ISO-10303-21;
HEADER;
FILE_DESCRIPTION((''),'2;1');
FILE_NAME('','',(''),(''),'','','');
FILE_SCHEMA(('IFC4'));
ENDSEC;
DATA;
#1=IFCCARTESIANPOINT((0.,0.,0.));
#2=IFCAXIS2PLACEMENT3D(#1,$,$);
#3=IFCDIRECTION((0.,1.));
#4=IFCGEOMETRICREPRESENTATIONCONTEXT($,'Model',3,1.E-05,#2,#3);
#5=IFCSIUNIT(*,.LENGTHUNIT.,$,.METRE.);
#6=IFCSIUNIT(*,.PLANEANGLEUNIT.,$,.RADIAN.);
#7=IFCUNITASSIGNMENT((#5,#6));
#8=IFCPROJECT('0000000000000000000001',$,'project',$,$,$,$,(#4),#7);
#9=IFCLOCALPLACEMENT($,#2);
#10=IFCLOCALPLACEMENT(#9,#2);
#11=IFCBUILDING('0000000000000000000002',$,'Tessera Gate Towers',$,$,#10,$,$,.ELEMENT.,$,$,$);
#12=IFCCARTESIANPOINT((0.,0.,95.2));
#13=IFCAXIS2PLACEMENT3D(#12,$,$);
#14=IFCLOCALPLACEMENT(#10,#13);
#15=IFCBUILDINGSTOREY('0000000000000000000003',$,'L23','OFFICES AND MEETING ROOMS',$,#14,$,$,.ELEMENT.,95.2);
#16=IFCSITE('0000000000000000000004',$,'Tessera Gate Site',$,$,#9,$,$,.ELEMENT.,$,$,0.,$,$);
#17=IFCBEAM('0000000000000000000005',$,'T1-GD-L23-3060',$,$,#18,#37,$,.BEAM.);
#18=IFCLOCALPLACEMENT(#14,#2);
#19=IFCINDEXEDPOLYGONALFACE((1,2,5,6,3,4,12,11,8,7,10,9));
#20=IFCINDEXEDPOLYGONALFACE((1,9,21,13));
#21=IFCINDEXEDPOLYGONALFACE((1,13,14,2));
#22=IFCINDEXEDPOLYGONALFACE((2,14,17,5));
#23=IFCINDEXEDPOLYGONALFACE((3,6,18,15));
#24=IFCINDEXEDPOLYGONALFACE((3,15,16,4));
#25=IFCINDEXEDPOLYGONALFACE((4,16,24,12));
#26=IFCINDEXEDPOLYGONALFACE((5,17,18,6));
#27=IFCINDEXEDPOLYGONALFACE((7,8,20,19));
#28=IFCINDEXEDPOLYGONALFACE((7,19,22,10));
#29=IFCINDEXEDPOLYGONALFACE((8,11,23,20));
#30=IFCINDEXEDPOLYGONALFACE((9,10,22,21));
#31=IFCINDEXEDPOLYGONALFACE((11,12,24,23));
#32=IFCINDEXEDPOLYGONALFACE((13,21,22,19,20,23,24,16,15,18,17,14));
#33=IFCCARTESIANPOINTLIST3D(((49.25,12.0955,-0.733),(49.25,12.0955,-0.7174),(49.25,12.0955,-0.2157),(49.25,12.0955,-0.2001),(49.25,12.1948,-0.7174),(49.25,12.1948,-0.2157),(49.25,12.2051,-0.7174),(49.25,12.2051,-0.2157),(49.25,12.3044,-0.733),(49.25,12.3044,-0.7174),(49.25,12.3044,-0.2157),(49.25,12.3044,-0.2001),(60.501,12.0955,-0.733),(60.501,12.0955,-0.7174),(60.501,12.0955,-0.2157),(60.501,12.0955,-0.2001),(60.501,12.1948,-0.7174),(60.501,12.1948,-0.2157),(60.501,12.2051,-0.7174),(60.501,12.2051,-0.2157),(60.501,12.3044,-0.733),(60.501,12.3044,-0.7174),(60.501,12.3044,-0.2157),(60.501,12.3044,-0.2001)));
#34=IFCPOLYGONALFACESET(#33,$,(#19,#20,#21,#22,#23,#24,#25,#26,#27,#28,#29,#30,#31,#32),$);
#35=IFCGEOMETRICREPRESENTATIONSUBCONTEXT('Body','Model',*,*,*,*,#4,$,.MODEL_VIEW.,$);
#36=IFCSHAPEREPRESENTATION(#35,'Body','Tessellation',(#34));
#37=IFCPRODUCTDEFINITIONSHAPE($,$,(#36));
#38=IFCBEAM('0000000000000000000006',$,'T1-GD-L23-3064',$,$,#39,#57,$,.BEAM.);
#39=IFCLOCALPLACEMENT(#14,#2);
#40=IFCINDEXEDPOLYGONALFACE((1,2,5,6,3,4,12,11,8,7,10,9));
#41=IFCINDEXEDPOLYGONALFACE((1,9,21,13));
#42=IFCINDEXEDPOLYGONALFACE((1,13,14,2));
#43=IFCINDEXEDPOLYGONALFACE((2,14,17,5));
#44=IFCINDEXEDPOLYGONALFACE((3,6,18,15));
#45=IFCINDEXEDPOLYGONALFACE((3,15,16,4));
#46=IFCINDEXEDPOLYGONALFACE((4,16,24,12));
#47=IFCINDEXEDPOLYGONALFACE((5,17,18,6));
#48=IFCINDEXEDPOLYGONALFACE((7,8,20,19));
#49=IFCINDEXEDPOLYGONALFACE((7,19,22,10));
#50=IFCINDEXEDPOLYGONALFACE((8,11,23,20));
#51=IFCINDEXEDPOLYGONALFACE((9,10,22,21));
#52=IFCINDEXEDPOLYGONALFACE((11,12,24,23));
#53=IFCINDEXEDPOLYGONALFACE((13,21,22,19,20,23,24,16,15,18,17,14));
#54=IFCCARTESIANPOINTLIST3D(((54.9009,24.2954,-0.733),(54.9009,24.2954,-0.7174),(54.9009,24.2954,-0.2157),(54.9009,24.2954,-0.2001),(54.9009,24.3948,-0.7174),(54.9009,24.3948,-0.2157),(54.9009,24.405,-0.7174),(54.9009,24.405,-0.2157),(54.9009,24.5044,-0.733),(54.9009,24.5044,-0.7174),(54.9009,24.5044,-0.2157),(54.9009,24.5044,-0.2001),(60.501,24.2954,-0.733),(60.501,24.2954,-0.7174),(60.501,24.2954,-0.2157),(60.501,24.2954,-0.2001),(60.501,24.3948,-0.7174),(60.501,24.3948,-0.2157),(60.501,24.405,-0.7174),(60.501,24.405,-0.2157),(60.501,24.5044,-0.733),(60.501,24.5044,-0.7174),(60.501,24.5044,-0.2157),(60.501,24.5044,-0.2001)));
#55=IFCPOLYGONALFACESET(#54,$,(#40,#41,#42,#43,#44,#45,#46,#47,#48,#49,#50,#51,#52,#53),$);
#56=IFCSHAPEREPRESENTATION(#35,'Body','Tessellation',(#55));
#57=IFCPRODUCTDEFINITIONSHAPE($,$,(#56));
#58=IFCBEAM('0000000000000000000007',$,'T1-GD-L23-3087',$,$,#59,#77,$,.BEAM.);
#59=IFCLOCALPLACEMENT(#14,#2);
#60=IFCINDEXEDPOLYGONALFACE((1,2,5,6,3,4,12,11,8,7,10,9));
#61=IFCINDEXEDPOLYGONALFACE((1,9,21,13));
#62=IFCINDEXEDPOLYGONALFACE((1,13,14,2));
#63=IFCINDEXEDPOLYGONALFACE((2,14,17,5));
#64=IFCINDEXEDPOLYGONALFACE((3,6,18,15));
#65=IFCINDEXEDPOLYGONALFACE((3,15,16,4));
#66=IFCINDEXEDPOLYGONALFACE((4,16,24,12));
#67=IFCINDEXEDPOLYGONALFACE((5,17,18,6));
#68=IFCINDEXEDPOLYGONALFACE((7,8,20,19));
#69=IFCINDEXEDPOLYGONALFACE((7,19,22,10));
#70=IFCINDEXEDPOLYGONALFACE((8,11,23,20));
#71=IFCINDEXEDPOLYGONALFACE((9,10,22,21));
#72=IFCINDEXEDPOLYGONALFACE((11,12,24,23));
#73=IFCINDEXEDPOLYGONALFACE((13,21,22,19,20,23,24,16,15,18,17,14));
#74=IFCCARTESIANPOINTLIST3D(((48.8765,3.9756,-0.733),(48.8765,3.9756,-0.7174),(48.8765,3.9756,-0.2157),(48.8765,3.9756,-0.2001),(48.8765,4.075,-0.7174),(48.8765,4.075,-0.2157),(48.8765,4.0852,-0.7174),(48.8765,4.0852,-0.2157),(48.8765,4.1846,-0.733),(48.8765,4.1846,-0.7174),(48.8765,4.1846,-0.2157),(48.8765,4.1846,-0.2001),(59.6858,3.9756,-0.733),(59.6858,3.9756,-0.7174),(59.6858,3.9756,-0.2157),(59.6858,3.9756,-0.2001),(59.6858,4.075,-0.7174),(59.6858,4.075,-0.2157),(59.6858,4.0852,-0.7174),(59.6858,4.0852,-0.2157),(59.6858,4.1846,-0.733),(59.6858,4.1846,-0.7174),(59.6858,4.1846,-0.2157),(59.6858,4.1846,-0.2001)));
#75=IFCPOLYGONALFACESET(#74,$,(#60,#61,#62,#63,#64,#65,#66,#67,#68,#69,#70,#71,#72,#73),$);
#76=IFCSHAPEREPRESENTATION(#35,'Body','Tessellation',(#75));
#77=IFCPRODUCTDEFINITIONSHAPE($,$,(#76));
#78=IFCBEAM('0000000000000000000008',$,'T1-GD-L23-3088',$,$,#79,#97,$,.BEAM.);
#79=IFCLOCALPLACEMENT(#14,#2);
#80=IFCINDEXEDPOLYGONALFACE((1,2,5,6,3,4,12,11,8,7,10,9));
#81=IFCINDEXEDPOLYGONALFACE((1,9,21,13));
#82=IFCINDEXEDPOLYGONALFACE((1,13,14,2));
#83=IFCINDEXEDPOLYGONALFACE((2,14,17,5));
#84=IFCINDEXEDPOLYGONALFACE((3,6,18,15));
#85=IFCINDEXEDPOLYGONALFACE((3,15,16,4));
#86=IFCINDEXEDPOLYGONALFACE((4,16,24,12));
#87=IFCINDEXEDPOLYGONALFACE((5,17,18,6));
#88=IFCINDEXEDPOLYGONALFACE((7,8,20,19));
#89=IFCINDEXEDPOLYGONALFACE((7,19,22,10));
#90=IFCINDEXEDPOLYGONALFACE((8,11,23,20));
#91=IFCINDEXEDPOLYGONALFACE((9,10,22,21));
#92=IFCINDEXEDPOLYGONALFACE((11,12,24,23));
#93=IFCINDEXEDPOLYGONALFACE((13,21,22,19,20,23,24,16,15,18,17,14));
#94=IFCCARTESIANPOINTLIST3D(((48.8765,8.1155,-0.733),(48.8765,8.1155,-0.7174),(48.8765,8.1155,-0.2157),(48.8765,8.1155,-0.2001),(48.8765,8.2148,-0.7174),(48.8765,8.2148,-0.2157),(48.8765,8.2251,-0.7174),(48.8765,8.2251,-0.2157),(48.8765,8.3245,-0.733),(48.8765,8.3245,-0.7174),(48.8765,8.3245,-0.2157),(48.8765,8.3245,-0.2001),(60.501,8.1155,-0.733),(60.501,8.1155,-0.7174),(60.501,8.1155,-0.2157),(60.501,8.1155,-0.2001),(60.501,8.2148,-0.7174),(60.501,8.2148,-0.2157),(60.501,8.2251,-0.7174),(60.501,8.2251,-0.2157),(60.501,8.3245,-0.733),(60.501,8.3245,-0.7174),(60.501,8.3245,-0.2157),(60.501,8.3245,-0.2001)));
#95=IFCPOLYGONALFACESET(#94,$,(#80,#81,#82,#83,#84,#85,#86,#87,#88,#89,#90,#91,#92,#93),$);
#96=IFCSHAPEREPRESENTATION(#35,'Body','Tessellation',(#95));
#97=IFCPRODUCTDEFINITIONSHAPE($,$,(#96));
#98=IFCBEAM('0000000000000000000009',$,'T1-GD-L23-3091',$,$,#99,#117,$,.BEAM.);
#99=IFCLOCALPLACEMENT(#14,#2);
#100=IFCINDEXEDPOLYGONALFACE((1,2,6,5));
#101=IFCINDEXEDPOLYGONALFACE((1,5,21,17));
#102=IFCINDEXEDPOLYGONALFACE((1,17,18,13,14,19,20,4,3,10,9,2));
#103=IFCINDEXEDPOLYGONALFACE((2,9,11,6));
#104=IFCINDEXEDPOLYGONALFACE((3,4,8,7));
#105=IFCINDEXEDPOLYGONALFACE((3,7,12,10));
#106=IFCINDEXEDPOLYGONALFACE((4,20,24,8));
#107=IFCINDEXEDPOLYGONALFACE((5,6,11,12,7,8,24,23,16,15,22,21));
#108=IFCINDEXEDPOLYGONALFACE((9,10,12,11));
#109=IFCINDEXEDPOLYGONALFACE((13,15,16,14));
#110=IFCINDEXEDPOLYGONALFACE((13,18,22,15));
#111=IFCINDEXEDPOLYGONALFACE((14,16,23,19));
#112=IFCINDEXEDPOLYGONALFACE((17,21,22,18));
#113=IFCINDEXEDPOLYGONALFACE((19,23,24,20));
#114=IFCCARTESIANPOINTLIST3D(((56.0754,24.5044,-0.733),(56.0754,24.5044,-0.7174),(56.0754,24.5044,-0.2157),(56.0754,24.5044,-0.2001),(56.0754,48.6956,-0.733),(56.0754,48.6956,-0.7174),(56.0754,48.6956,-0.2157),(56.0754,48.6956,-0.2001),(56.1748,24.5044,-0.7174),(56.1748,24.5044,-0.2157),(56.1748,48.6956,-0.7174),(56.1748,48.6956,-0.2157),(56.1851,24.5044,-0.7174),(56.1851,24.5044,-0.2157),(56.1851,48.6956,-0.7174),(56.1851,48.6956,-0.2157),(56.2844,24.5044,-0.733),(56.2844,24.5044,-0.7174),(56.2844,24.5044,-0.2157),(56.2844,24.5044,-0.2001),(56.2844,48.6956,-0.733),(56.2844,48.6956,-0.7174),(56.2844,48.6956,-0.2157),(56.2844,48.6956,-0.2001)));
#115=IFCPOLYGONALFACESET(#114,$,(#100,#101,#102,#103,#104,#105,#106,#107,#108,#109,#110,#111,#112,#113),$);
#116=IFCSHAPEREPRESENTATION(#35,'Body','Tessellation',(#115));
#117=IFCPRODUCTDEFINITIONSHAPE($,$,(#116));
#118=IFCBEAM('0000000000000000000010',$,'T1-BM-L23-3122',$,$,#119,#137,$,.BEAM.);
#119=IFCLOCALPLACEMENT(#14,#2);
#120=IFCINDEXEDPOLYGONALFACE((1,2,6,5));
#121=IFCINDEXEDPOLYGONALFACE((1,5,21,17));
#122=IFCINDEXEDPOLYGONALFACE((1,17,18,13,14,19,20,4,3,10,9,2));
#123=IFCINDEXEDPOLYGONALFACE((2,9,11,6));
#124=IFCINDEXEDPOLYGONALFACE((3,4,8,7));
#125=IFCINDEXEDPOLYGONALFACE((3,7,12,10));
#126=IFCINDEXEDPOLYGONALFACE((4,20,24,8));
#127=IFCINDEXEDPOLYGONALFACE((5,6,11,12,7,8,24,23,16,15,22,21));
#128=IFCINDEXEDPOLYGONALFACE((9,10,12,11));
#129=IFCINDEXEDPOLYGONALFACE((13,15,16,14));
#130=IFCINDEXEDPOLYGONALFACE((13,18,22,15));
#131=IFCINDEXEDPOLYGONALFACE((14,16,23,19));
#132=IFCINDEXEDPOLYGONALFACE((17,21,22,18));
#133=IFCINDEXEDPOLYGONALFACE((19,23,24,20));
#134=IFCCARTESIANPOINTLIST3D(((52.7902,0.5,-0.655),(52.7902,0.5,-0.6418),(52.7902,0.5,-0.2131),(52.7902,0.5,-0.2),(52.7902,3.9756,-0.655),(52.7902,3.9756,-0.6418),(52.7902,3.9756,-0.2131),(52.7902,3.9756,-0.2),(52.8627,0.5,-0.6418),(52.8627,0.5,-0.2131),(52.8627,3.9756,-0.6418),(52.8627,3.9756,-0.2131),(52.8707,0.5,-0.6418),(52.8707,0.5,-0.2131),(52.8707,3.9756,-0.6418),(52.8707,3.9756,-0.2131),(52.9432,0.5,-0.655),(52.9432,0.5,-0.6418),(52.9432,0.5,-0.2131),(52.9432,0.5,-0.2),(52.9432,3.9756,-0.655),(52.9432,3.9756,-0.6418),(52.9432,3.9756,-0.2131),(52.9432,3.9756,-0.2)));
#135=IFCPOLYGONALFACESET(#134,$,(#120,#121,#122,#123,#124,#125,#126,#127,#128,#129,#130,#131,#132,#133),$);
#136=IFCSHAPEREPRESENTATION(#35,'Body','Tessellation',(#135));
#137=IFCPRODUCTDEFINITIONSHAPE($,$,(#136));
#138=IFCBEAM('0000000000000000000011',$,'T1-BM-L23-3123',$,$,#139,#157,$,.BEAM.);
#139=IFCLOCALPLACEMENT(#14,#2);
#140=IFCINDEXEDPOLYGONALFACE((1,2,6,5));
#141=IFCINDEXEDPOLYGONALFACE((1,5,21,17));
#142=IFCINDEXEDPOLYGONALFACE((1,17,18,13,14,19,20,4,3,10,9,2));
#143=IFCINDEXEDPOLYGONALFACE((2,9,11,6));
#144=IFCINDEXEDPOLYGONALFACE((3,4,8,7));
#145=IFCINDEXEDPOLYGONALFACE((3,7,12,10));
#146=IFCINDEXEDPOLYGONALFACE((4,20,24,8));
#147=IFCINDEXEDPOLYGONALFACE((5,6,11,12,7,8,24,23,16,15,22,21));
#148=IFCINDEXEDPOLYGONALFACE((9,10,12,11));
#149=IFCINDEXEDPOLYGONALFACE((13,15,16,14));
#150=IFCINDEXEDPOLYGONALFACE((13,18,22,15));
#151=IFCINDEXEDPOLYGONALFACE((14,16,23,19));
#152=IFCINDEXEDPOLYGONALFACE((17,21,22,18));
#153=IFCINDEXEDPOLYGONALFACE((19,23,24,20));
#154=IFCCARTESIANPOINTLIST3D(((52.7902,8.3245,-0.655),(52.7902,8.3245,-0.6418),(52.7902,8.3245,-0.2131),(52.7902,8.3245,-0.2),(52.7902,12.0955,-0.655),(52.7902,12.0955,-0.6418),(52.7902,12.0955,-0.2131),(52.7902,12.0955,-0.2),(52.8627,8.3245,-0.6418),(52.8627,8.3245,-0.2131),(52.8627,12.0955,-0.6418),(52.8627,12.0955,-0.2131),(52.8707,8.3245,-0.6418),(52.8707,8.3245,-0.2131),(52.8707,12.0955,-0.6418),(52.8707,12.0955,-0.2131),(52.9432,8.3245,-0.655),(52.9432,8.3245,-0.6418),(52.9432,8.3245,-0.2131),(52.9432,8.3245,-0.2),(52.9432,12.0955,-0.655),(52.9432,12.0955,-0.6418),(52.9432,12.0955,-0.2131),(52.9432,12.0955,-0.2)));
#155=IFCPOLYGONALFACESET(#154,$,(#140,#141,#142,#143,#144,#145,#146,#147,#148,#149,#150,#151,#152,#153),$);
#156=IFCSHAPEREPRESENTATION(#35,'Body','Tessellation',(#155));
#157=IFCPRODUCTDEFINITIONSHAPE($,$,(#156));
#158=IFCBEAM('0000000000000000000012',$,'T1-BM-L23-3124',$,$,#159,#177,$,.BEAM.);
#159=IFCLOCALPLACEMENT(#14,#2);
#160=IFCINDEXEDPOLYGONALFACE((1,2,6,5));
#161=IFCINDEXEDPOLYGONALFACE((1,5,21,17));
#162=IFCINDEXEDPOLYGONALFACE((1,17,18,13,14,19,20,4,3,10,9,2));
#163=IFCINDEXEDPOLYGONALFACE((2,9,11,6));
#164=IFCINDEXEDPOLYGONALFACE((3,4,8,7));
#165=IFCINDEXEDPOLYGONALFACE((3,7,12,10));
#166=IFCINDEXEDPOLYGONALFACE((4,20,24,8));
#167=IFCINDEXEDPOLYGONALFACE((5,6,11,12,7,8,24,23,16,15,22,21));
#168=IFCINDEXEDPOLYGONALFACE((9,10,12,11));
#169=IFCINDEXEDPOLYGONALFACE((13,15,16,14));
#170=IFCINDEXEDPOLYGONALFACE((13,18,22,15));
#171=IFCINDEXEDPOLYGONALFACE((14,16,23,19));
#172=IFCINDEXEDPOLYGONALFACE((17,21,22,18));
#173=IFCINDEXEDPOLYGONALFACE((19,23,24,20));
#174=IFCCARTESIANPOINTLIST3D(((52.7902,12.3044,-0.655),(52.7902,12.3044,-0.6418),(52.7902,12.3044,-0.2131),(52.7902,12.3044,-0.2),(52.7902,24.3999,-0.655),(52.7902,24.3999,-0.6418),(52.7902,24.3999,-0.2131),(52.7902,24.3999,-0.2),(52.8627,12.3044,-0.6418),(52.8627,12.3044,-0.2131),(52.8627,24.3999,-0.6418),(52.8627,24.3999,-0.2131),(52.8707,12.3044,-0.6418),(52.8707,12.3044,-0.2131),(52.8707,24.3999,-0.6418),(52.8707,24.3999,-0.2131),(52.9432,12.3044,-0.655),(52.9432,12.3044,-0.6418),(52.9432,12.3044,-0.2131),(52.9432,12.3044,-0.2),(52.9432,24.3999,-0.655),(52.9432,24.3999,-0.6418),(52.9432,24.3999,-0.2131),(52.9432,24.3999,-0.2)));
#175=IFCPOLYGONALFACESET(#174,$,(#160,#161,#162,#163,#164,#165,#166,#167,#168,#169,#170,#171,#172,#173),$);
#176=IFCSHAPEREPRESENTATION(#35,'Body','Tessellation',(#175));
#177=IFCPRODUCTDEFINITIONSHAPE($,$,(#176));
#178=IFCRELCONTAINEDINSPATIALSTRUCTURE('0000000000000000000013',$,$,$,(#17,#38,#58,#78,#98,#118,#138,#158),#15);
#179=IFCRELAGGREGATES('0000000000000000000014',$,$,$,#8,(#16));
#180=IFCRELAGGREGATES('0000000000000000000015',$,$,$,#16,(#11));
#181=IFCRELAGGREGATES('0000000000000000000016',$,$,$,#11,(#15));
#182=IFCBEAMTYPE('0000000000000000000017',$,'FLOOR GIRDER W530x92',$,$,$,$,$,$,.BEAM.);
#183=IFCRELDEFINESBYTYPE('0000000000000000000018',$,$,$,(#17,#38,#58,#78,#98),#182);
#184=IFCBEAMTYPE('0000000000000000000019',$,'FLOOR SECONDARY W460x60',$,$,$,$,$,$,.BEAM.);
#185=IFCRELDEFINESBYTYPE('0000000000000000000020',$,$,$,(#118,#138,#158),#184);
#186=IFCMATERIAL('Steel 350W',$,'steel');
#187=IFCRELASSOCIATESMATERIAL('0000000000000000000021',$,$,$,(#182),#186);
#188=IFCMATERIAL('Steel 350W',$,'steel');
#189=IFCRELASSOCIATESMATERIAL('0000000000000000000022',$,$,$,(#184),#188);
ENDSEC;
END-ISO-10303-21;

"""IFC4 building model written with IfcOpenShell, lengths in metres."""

from ifc_helpers import new_model, si_unit, direction, frame, origin, origin_2d, place, context, subcontext, project, spatial, i_section, extrude, material, material_profile, profile_set, type_object, element, save


model = new_model("IFC4")

# Units and contexts
model_context = context("Model", 3, precision=1e-05, world=origin(), true_north=direction((0.0, 1.0)))
body_context = subcontext(model_context, "Body", "Model", "MODEL_VIEW")
ifc_project = project(units=[si_unit("LENGTHUNIT", "METRE"), si_unit("PLANEANGLEUNIT", "RADIAN")], contexts=[model_context])

# Site, building, storey
site_placement = place(None, origin())
site = spatial("IfcSite", under=ifc_project, at=site_placement, Name="Tessera Gate Site", CompositionType="ELEMENT", RefElevation=0.0)
building_placement = place(site_placement, origin())
building = spatial("IfcBuilding", under=site, at=building_placement, Name="Tessera Gate Towers", CompositionType="ELEMENT")
storey_placement = place(building_placement, frame((0.0, 0.0, 95.2)))
storey = spatial("IfcBuildingStorey", under=building, at=storey_placement, Name="L23", Description="OFFICES AND MEETING ROOMS", CompositionType="ELEMENT", Elevation=95.2)

# Beams
ifc_material_1 = material(Name="Steel 350W", Category="steel")
ifc_material_profile_1 = material_profile(ifc_material_1, i_section(OverallWidth=0.209, OverallDepth=0.533, WebThickness=0.0103, FlangeThickness=0.0156, at=origin_2d()), Name="W530x92")
ifc_profile_set_1 = profile_set([ifc_material_profile_1], Name="Steel 350W")
beam_type_1 = type_object("IfcBeamType", Name="FLOOR GIRDER W530x92", PredefinedType="BEAM", material=ifc_profile_set_1)
beam_1_placement = place(storey_placement, frame((49.25, 12.2, -0.4666), z_axis=(1.0, 0.0, 0.0), x_axis=(0.0, 1.0, 0.0)))
element("IfcBeam", 1, at=beam_1_placement, inside=storey, type_object=beam_type_1, Name="T1-GD-L23-3060", PredefinedType="BEAM", context=body_context, shape_type="SweptSolid", body=[
    extrude(i_section(OverallWidth=0.209, OverallDepth=0.533, WebThickness=0.0103, FlangeThickness=0.0156, at=origin_2d()), origin(), (0.0, 0.0, 1.0), 11.251),
])
beam_2_placement = place(storey_placement, frame((54.9009, 24.3999, -0.4666), z_axis=(1.0, 0.0, 0.0), x_axis=(0.0, 1.0, 0.0)))
element("IfcBeam", 2, at=beam_2_placement, inside=storey, type_object=beam_type_1, Name="T1-GD-L23-3064", PredefinedType="BEAM", context=body_context, shape_type="SweptSolid", body=[
    extrude(i_section(OverallWidth=0.209, OverallDepth=0.533, WebThickness=0.0103, FlangeThickness=0.0156, at=origin_2d()), origin(), (0.0, 0.0, 1.0), 5.6001),
])
beam_3_placement = place(storey_placement, frame((48.8765, 4.0801, -0.4666), z_axis=(1.0, 0.0, 0.0), x_axis=(0.0, 1.0, 0.0)))
element("IfcBeam", 3, at=beam_3_placement, inside=storey, type_object=beam_type_1, Name="T1-GD-L23-3087", PredefinedType="BEAM", context=body_context, shape_type="SweptSolid", body=[
    extrude(i_section(OverallWidth=0.209, OverallDepth=0.533, WebThickness=0.0103, FlangeThickness=0.0156, at=origin_2d()), origin(), (0.0, 0.0, 1.0), 10.8093),
])
beam_4_placement = place(storey_placement, frame((48.8765, 8.22, -0.4666), z_axis=(1.0, 0.0, 0.0), x_axis=(0.0, 1.0, 0.0)))
element("IfcBeam", 4, at=beam_4_placement, inside=storey, type_object=beam_type_1, Name="T1-GD-L23-3088", PredefinedType="BEAM", context=body_context, shape_type="SweptSolid", body=[
    extrude(i_section(OverallWidth=0.209, OverallDepth=0.533, WebThickness=0.0103, FlangeThickness=0.0156, at=origin_2d()), origin(), (0.0, 0.0, 1.0), 11.6245),
])
beam_5_placement = place(storey_placement, frame((56.1799, 24.5044, -0.4666), z_axis=(0.0, 1.0, 0.0), x_axis=(-1.0, 0.0, 0.0)))
element("IfcBeam", 5, at=beam_5_placement, inside=storey, type_object=beam_type_1, Name="T1-GD-L23-3091", PredefinedType="BEAM", context=body_context, shape_type="SweptSolid", body=[
    extrude(i_section(OverallWidth=0.209, OverallDepth=0.533, WebThickness=0.0103, FlangeThickness=0.0156, at=origin_2d()), origin(), (0.0, 0.0, 1.0), 24.1912),
])
ifc_material_2 = material(Name="Steel 350W", Category="steel")
ifc_material_profile_2 = material_profile(ifc_material_2, i_section(OverallWidth=0.1531, OverallDepth=0.4551, WebThickness=0.0081, FlangeThickness=0.0132, at=origin_2d()), Name="W460x60")
ifc_profile_set_2 = profile_set([ifc_material_profile_2], Name="Steel 350W")
beam_type_2 = type_object("IfcBeamType", Name="FLOOR SECONDARY W460x60", PredefinedType="BEAM", material=ifc_profile_set_2)
beam_6_placement = place(storey_placement, frame((52.8667, 0.5, -0.4275), z_axis=(0.0, 1.0, 0.0), x_axis=(-1.0, 0.0, 0.0)))
element("IfcBeam", 6, at=beam_6_placement, inside=storey, type_object=beam_type_2, Name="T1-BM-L23-3122", PredefinedType="BEAM", context=body_context, shape_type="SweptSolid", body=[
    extrude(i_section(OverallWidth=0.1531, OverallDepth=0.4551, WebThickness=0.0081, FlangeThickness=0.0132, at=origin_2d()), origin(), (0.0, 0.0, 1.0), 3.4756),
])
beam_7_placement = place(storey_placement, frame((52.8667, 8.3245, -0.4275), z_axis=(0.0, 1.0, 0.0), x_axis=(-1.0, 0.0, 0.0)))
element("IfcBeam", 7, at=beam_7_placement, inside=storey, type_object=beam_type_2, Name="T1-BM-L23-3123", PredefinedType="BEAM", context=body_context, shape_type="SweptSolid", body=[
    extrude(i_section(OverallWidth=0.1531, OverallDepth=0.4551, WebThickness=0.0081, FlangeThickness=0.0132, at=origin_2d()), origin(), (0.0, 0.0, 1.0), 3.771),
])
beam_8_placement = place(storey_placement, frame((52.8667, 12.3044, -0.4275), z_axis=(0.0, 1.0, 0.0), x_axis=(-1.0, 0.0, 0.0)))
element("IfcBeam", 8, at=beam_8_placement, inside=storey, type_object=beam_type_2, Name="T1-BM-L23-3124", PredefinedType="BEAM", context=body_context, shape_type="SweptSolid", body=[
    extrude(i_section(OverallWidth=0.1531, OverallDepth=0.4551, WebThickness=0.0081, FlangeThickness=0.0132, at=origin_2d()), origin(), (0.0, 0.0, 1.0), 12.0955),
])

save(model, "model.ifc")
